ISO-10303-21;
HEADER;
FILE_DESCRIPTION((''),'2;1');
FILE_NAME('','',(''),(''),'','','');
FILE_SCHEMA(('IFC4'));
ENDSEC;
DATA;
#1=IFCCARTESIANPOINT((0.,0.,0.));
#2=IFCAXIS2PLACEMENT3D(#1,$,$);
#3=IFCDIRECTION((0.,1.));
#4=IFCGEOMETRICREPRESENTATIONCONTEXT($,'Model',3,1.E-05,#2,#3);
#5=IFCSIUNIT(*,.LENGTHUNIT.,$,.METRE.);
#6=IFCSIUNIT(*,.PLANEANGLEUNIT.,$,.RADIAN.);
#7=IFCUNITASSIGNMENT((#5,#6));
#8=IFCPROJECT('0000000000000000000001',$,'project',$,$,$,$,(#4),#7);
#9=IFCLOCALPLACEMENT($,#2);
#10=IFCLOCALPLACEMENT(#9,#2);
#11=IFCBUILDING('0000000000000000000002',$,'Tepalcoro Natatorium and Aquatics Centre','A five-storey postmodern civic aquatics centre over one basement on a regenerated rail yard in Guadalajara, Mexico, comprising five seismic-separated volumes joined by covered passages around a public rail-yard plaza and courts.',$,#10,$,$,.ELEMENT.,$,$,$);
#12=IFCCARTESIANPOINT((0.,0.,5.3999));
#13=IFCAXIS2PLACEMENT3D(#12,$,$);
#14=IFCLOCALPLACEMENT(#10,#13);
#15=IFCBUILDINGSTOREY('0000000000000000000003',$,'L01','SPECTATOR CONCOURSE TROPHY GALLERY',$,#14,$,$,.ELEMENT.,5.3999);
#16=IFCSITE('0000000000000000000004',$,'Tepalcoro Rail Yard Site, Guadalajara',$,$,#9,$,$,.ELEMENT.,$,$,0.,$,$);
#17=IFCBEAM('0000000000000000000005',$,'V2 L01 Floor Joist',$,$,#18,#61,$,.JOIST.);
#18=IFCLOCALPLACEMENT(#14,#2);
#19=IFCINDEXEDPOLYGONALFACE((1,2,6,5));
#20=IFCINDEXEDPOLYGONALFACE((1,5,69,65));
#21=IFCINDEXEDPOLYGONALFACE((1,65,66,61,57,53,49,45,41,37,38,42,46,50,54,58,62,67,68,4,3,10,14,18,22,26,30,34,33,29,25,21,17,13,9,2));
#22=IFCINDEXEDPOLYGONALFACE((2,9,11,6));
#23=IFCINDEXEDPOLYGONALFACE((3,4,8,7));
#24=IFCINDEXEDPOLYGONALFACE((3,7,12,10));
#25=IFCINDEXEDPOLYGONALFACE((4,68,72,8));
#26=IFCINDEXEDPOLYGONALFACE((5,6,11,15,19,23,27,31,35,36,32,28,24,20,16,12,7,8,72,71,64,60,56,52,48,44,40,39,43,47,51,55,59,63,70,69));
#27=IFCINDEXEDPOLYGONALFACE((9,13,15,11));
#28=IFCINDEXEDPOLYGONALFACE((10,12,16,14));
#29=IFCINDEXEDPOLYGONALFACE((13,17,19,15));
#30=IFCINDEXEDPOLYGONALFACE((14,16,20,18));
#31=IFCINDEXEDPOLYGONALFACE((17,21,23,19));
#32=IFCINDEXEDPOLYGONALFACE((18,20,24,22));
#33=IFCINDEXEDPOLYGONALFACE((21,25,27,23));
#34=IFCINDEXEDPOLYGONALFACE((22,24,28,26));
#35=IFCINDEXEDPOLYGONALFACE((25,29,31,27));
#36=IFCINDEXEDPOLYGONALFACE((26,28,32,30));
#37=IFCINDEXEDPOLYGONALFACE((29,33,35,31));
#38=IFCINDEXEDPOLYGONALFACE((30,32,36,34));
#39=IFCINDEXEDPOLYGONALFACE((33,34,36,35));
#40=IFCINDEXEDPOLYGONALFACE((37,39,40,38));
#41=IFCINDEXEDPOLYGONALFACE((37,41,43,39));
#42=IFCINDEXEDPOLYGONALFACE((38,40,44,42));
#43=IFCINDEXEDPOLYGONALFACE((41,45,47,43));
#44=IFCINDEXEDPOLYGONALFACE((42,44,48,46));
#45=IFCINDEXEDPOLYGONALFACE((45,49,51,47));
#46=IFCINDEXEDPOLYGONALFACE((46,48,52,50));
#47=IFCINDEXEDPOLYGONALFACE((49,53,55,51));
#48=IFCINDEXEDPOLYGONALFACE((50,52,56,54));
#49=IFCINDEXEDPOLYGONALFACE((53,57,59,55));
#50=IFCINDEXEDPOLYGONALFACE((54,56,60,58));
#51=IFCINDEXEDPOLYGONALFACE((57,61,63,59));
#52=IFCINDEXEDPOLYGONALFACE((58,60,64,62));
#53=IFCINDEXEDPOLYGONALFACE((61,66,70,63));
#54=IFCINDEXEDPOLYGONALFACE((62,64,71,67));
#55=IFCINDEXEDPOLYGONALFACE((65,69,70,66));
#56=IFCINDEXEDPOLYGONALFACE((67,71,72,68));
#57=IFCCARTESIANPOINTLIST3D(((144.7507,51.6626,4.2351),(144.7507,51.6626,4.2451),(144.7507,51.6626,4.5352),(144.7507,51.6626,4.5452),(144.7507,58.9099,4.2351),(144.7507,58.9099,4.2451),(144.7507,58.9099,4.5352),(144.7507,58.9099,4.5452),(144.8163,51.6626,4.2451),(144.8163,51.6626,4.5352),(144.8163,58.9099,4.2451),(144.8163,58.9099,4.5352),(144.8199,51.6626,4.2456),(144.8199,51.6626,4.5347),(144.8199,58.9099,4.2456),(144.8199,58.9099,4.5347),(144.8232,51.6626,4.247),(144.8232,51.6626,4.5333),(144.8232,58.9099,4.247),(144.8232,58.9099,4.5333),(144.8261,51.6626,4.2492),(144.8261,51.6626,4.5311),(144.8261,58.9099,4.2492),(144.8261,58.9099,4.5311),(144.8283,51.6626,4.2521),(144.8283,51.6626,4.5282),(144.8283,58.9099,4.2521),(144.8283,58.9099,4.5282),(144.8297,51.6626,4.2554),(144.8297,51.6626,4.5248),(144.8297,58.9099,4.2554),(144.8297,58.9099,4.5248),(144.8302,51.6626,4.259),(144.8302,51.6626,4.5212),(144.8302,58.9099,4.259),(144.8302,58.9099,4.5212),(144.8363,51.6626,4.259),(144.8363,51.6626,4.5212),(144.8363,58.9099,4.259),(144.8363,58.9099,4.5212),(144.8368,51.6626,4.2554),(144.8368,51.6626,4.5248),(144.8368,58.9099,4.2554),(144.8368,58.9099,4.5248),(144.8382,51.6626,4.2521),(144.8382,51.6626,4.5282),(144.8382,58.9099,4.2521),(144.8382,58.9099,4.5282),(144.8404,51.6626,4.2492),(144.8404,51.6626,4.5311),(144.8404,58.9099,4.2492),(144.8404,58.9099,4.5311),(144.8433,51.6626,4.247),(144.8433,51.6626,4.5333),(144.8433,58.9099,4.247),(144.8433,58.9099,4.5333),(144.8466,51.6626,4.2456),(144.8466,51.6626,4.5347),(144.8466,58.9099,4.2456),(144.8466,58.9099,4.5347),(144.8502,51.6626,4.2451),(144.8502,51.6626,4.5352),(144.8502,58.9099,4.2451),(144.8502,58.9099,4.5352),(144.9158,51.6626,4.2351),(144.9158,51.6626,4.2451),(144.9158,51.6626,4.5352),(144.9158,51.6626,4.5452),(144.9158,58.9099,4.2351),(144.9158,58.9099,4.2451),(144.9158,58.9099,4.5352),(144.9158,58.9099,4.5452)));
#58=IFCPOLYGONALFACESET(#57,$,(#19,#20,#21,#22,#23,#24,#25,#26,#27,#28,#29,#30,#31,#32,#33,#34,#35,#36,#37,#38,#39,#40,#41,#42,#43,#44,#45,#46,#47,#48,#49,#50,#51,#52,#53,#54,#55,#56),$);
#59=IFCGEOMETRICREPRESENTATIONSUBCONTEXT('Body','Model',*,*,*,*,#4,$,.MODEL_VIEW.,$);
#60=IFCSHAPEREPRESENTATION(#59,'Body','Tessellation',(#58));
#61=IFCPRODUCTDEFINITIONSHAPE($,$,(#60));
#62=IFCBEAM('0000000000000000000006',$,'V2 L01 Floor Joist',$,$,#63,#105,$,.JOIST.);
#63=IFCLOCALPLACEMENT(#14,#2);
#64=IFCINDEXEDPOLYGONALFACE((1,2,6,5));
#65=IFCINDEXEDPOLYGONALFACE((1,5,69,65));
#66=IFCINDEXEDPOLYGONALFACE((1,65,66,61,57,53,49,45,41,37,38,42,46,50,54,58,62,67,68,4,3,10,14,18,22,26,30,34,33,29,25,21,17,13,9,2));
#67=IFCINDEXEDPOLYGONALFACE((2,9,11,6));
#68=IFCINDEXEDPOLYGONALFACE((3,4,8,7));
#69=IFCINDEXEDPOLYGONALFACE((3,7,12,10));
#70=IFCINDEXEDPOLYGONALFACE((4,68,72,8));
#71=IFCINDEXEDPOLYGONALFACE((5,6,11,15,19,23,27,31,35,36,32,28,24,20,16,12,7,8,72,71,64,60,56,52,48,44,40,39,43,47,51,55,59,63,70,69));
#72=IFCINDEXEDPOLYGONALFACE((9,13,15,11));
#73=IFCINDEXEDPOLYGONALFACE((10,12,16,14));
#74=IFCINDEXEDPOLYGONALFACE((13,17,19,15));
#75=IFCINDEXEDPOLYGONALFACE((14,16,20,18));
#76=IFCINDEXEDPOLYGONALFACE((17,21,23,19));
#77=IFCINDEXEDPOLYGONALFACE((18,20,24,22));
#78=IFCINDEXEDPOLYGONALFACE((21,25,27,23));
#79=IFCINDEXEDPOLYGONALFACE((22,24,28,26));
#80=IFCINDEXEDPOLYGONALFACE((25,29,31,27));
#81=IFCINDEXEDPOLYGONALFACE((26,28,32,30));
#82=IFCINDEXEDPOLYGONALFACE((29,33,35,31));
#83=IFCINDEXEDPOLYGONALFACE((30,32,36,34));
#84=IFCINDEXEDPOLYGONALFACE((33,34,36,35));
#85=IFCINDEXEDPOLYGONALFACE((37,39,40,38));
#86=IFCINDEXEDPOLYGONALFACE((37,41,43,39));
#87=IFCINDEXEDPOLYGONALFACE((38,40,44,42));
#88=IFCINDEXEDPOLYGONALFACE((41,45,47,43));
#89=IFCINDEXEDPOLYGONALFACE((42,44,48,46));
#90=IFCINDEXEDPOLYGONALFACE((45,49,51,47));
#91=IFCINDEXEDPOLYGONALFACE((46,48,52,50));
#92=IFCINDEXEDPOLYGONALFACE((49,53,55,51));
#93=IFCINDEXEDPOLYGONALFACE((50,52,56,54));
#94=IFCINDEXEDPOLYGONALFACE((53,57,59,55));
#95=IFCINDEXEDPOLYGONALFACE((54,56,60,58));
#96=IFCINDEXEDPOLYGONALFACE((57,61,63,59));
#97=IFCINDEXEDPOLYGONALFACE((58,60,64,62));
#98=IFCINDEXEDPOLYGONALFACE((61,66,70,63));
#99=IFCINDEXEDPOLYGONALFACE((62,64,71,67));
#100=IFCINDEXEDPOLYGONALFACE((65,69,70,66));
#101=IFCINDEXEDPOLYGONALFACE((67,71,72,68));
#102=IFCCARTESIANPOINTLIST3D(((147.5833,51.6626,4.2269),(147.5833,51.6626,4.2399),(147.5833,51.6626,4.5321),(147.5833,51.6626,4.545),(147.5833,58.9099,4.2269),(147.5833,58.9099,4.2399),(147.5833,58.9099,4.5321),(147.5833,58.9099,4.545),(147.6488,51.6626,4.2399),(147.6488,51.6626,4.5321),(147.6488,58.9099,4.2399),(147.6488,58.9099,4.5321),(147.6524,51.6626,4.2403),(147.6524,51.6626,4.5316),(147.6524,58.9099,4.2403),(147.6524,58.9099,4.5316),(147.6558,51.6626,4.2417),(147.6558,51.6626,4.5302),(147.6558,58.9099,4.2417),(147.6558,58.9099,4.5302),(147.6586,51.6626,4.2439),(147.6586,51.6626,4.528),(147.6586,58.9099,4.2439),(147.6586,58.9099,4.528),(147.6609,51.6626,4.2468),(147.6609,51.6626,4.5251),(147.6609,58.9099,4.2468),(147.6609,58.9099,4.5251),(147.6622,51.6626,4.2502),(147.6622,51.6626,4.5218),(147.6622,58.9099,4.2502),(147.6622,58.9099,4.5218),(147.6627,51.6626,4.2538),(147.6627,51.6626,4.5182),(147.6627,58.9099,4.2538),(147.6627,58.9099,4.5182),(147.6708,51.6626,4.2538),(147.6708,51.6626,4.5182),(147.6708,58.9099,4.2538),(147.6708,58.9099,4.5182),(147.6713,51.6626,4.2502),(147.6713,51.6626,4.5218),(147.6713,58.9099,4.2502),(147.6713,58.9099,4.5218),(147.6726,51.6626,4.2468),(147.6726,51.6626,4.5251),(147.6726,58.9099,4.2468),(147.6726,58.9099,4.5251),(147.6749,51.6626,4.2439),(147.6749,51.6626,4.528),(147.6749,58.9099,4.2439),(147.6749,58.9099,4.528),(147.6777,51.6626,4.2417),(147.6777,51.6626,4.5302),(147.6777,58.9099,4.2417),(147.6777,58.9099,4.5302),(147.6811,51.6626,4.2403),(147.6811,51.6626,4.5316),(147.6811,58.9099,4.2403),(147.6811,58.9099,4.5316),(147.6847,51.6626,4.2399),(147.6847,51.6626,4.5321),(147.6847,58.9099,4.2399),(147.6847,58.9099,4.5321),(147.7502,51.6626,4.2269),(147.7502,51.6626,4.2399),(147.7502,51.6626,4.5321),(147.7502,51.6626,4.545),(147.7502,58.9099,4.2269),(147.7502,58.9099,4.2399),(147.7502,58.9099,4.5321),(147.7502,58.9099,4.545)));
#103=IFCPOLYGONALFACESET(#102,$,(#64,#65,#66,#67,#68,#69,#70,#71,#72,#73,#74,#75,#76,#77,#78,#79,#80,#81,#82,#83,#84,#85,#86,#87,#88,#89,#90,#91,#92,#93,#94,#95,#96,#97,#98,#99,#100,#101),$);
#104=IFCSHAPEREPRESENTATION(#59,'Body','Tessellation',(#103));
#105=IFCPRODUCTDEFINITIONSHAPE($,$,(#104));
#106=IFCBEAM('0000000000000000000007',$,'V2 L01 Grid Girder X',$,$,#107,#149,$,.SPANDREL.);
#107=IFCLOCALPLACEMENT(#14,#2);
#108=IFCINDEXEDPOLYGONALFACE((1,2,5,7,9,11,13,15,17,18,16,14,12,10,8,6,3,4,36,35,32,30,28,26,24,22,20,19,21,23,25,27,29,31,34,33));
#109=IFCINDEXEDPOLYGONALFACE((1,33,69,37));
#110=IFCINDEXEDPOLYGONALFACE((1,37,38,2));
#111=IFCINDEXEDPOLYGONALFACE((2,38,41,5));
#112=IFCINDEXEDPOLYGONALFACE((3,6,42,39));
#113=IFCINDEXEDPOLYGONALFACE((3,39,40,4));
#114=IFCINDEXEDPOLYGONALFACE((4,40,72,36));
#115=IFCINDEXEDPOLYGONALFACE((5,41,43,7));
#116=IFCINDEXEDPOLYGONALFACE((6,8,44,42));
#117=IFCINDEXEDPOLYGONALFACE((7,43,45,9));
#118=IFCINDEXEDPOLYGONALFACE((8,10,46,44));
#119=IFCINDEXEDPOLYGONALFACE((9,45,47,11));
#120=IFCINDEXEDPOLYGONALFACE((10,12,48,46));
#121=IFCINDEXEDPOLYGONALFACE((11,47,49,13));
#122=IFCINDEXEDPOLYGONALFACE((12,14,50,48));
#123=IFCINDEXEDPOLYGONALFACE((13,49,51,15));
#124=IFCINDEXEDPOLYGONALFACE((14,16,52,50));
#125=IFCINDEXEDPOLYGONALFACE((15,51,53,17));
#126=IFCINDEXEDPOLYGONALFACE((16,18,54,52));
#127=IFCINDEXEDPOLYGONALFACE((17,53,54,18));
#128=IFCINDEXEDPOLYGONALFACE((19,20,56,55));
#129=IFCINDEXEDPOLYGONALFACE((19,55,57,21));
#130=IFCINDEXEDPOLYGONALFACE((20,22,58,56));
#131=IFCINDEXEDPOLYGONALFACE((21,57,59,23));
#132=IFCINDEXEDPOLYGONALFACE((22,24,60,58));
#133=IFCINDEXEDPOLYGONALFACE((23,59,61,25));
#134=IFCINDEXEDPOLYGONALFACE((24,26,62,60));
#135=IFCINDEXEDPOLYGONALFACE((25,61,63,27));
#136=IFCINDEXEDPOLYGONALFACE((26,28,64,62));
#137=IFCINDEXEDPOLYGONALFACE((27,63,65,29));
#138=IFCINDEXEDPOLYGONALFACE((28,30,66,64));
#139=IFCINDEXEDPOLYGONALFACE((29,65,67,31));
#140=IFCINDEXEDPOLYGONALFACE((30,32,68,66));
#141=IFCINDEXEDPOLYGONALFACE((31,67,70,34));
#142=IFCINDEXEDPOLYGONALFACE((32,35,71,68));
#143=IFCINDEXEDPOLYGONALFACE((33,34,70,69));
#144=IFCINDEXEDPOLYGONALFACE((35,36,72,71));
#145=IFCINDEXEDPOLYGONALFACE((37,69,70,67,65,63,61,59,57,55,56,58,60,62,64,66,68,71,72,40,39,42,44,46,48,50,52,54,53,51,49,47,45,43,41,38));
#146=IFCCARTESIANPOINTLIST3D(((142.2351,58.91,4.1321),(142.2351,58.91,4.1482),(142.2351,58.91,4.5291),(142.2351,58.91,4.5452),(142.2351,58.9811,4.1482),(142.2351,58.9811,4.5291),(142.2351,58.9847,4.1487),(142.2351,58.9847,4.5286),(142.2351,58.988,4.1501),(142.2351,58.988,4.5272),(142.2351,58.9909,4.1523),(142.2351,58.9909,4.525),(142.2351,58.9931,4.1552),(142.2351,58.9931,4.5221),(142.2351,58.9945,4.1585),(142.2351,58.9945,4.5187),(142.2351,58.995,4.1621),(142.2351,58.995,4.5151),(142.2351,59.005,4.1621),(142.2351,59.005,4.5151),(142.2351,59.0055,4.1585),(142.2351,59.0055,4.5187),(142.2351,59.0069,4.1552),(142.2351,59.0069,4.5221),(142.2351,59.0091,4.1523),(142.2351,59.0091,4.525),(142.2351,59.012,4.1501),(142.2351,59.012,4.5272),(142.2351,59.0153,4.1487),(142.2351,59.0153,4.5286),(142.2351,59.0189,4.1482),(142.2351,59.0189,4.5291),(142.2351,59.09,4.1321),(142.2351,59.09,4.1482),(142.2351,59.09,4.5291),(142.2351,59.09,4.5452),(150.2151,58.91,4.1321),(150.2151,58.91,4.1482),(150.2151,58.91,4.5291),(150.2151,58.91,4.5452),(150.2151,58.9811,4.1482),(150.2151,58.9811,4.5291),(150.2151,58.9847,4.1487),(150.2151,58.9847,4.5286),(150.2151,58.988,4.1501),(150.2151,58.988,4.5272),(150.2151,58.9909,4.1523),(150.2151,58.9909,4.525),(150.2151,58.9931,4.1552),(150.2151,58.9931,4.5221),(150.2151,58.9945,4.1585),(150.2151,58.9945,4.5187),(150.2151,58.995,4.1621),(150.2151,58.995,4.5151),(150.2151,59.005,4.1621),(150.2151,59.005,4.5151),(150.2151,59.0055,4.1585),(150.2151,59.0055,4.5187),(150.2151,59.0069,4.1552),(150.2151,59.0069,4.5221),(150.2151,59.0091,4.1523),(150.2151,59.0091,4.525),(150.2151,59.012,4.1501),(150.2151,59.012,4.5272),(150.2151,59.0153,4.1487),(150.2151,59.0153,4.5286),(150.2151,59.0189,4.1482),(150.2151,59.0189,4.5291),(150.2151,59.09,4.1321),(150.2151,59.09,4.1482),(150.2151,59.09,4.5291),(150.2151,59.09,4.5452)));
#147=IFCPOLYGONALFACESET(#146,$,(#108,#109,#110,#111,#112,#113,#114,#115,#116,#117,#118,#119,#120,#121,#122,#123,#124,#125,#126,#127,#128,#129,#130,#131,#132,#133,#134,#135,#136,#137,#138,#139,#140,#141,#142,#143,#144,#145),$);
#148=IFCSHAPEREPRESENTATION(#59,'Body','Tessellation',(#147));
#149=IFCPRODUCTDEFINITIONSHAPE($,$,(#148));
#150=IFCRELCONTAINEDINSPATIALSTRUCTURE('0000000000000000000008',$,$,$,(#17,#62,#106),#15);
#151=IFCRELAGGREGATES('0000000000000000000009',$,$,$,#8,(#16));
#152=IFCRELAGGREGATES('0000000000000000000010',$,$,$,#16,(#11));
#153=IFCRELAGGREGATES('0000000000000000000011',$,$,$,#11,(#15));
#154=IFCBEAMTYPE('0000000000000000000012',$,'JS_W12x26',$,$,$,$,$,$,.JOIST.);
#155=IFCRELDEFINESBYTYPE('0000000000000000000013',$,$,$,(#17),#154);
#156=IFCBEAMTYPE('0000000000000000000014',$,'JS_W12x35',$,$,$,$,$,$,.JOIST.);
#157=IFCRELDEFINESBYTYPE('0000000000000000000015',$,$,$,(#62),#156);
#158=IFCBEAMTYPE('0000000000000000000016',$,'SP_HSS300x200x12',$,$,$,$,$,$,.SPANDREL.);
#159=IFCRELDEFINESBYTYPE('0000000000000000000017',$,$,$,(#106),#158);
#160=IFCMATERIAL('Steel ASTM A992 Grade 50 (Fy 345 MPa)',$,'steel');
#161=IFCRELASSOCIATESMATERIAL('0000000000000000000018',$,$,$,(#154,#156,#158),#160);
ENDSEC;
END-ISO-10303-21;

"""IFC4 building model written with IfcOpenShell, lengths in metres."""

from ifc_helpers import new_model, si_unit, direction, frame, origin, origin_2d, place, context, subcontext, project, spatial, i_section, extrude, material, material_profile, profile_set, type_object, element, save


model = new_model("IFC4")

# Units and contexts
model_context = context("Model", 3, precision=1e-05, world=origin(), true_north=direction((0.0, 1.0)))
body_context = subcontext(model_context, "Body", "Model", "MODEL_VIEW")
ifc_project = project(units=[si_unit("LENGTHUNIT", "METRE"), si_unit("PLANEANGLEUNIT", "RADIAN")], contexts=[model_context])

# Site, building, storey
site_placement = place(None, origin())
site = spatial("IfcSite", under=ifc_project, at=site_placement, Name="Tepalcoro Rail Yard Site, Guadalajara", CompositionType="ELEMENT", RefElevation=0.0)
building_placement = place(site_placement, origin())
building = spatial("IfcBuilding", under=site, at=building_placement, Name="Tepalcoro Natatorium and Aquatics Centre", Description="A five-storey postmodern civic aquatics centre over one basement on a regenerated rail yard in Guadalajara, Mexico, comprising five seismic-separated volumes joined by covered passages around a public rail-yard plaza and courts.", CompositionType="ELEMENT")
storey_placement = place(building_placement, frame((0.0, 0.0, 5.3999)))
storey = spatial("IfcBuildingStorey", under=building, at=storey_placement, Name="L01", Description="SPECTATOR CONCOURSE TROPHY GALLERY", CompositionType="ELEMENT", Elevation=5.3999)

# Shared definitions
ifc_material_1 = material(Name="Steel ASTM A992 Grade 50 (Fy 345 MPa)", Category="steel")

# Beams
ifc_material_profile_1 = material_profile(ifc_material_1, i_section(OverallWidth=0.165, OverallDepth=0.3101, WebThickness=0.0061, FlangeThickness=0.01, FilletRadius=0.0139, at=origin_2d()), Name="W12X26")
ifc_profile_set_1 = profile_set([ifc_material_profile_1], Name="Steel ASTM A992 Grade 50 (Fy 345 MPa)")
beam_type_1 = type_object("IfcBeamType", Name="JS_W12x26", PredefinedType="JOIST", material=ifc_profile_set_1)
beam_1_placement = place(storey_placement, frame((144.8333, 51.6626, 4.3901), z_axis=(0.0, 1.0, 0.0), x_axis=(-1.0, 0.0, 0.0)))
element("IfcBeam", 1, at=beam_1_placement, inside=storey, type_object=beam_type_1, Name="V2 L01 Floor Joist", PredefinedType="JOIST", context=body_context, shape_type="SweptSolid", body=[
    extrude(i_section(OverallWidth=0.165, OverallDepth=0.3101, WebThickness=0.0061, FlangeThickness=0.01, FilletRadius=0.0139, at=origin_2d()), origin(), (0.0, 0.0, 1.0), 7.2473),
])
ifc_material_profile_2 = material_profile(ifc_material_1, i_section(OverallWidth=0.167, OverallDepth=0.3181, WebThickness=0.0081, FlangeThickness=0.0129, FilletRadius=0.0139, at=origin_2d()), Name="W12X35")
ifc_profile_set_2 = profile_set([ifc_material_profile_2], Name="Steel ASTM A992 Grade 50 (Fy 345 MPa)")
beam_type_2 = type_object("IfcBeamType", Name="JS_W12x35", PredefinedType="JOIST", material=ifc_profile_set_2)
beam_2_placement = place(storey_placement, frame((147.6667, 51.6626, 4.386), z_axis=(0.0, 1.0, 0.0), x_axis=(-1.0, 0.0, 0.0)))
element("IfcBeam", 2, at=beam_2_placement, inside=storey, type_object=beam_type_2, Name="V2 L01 Floor Joist", PredefinedType="JOIST", context=body_context, shape_type="SweptSolid", body=[
    extrude(i_section(OverallWidth=0.167, OverallDepth=0.3181, WebThickness=0.0081, FlangeThickness=0.0129, FilletRadius=0.0139, at=origin_2d()), origin(), (0.0, 0.0, 1.0), 7.2473),
])
ifc_material_profile_3 = material_profile(ifc_material_1, i_section(OverallWidth=0.1799, OverallDepth=0.4131, WebThickness=0.01, FlangeThickness=0.0161, FilletRadius=0.0139, at=origin_2d()), Name="W16X50")
ifc_profile_set_3 = profile_set([ifc_material_profile_3], Name="Steel ASTM A992 Grade 50 (Fy 345 MPa)")
beam_type_3 = type_object("IfcBeamType", Name="SP_HSS300x200x12", PredefinedType="SPANDREL", material=ifc_profile_set_3)
beam_3_placement = place(storey_placement, frame((142.2351, 59.0, 4.3386), z_axis=(1.0, 0.0, 0.0), x_axis=(0.0, 1.0, 0.0)))
element("IfcBeam", 3, at=beam_3_placement, inside=storey, type_object=beam_type_3, Name="V2 L01 Grid Girder X", PredefinedType="SPANDREL", context=body_context, shape_type="SweptSolid", body=[
    extrude(i_section(OverallWidth=0.1799, OverallDepth=0.4131, WebThickness=0.01, FlangeThickness=0.0161, FilletRadius=0.0139, at=origin_2d()), origin(), (0.0, 0.0, 1.0), 7.98),
])

save(model, "model.ifc")
